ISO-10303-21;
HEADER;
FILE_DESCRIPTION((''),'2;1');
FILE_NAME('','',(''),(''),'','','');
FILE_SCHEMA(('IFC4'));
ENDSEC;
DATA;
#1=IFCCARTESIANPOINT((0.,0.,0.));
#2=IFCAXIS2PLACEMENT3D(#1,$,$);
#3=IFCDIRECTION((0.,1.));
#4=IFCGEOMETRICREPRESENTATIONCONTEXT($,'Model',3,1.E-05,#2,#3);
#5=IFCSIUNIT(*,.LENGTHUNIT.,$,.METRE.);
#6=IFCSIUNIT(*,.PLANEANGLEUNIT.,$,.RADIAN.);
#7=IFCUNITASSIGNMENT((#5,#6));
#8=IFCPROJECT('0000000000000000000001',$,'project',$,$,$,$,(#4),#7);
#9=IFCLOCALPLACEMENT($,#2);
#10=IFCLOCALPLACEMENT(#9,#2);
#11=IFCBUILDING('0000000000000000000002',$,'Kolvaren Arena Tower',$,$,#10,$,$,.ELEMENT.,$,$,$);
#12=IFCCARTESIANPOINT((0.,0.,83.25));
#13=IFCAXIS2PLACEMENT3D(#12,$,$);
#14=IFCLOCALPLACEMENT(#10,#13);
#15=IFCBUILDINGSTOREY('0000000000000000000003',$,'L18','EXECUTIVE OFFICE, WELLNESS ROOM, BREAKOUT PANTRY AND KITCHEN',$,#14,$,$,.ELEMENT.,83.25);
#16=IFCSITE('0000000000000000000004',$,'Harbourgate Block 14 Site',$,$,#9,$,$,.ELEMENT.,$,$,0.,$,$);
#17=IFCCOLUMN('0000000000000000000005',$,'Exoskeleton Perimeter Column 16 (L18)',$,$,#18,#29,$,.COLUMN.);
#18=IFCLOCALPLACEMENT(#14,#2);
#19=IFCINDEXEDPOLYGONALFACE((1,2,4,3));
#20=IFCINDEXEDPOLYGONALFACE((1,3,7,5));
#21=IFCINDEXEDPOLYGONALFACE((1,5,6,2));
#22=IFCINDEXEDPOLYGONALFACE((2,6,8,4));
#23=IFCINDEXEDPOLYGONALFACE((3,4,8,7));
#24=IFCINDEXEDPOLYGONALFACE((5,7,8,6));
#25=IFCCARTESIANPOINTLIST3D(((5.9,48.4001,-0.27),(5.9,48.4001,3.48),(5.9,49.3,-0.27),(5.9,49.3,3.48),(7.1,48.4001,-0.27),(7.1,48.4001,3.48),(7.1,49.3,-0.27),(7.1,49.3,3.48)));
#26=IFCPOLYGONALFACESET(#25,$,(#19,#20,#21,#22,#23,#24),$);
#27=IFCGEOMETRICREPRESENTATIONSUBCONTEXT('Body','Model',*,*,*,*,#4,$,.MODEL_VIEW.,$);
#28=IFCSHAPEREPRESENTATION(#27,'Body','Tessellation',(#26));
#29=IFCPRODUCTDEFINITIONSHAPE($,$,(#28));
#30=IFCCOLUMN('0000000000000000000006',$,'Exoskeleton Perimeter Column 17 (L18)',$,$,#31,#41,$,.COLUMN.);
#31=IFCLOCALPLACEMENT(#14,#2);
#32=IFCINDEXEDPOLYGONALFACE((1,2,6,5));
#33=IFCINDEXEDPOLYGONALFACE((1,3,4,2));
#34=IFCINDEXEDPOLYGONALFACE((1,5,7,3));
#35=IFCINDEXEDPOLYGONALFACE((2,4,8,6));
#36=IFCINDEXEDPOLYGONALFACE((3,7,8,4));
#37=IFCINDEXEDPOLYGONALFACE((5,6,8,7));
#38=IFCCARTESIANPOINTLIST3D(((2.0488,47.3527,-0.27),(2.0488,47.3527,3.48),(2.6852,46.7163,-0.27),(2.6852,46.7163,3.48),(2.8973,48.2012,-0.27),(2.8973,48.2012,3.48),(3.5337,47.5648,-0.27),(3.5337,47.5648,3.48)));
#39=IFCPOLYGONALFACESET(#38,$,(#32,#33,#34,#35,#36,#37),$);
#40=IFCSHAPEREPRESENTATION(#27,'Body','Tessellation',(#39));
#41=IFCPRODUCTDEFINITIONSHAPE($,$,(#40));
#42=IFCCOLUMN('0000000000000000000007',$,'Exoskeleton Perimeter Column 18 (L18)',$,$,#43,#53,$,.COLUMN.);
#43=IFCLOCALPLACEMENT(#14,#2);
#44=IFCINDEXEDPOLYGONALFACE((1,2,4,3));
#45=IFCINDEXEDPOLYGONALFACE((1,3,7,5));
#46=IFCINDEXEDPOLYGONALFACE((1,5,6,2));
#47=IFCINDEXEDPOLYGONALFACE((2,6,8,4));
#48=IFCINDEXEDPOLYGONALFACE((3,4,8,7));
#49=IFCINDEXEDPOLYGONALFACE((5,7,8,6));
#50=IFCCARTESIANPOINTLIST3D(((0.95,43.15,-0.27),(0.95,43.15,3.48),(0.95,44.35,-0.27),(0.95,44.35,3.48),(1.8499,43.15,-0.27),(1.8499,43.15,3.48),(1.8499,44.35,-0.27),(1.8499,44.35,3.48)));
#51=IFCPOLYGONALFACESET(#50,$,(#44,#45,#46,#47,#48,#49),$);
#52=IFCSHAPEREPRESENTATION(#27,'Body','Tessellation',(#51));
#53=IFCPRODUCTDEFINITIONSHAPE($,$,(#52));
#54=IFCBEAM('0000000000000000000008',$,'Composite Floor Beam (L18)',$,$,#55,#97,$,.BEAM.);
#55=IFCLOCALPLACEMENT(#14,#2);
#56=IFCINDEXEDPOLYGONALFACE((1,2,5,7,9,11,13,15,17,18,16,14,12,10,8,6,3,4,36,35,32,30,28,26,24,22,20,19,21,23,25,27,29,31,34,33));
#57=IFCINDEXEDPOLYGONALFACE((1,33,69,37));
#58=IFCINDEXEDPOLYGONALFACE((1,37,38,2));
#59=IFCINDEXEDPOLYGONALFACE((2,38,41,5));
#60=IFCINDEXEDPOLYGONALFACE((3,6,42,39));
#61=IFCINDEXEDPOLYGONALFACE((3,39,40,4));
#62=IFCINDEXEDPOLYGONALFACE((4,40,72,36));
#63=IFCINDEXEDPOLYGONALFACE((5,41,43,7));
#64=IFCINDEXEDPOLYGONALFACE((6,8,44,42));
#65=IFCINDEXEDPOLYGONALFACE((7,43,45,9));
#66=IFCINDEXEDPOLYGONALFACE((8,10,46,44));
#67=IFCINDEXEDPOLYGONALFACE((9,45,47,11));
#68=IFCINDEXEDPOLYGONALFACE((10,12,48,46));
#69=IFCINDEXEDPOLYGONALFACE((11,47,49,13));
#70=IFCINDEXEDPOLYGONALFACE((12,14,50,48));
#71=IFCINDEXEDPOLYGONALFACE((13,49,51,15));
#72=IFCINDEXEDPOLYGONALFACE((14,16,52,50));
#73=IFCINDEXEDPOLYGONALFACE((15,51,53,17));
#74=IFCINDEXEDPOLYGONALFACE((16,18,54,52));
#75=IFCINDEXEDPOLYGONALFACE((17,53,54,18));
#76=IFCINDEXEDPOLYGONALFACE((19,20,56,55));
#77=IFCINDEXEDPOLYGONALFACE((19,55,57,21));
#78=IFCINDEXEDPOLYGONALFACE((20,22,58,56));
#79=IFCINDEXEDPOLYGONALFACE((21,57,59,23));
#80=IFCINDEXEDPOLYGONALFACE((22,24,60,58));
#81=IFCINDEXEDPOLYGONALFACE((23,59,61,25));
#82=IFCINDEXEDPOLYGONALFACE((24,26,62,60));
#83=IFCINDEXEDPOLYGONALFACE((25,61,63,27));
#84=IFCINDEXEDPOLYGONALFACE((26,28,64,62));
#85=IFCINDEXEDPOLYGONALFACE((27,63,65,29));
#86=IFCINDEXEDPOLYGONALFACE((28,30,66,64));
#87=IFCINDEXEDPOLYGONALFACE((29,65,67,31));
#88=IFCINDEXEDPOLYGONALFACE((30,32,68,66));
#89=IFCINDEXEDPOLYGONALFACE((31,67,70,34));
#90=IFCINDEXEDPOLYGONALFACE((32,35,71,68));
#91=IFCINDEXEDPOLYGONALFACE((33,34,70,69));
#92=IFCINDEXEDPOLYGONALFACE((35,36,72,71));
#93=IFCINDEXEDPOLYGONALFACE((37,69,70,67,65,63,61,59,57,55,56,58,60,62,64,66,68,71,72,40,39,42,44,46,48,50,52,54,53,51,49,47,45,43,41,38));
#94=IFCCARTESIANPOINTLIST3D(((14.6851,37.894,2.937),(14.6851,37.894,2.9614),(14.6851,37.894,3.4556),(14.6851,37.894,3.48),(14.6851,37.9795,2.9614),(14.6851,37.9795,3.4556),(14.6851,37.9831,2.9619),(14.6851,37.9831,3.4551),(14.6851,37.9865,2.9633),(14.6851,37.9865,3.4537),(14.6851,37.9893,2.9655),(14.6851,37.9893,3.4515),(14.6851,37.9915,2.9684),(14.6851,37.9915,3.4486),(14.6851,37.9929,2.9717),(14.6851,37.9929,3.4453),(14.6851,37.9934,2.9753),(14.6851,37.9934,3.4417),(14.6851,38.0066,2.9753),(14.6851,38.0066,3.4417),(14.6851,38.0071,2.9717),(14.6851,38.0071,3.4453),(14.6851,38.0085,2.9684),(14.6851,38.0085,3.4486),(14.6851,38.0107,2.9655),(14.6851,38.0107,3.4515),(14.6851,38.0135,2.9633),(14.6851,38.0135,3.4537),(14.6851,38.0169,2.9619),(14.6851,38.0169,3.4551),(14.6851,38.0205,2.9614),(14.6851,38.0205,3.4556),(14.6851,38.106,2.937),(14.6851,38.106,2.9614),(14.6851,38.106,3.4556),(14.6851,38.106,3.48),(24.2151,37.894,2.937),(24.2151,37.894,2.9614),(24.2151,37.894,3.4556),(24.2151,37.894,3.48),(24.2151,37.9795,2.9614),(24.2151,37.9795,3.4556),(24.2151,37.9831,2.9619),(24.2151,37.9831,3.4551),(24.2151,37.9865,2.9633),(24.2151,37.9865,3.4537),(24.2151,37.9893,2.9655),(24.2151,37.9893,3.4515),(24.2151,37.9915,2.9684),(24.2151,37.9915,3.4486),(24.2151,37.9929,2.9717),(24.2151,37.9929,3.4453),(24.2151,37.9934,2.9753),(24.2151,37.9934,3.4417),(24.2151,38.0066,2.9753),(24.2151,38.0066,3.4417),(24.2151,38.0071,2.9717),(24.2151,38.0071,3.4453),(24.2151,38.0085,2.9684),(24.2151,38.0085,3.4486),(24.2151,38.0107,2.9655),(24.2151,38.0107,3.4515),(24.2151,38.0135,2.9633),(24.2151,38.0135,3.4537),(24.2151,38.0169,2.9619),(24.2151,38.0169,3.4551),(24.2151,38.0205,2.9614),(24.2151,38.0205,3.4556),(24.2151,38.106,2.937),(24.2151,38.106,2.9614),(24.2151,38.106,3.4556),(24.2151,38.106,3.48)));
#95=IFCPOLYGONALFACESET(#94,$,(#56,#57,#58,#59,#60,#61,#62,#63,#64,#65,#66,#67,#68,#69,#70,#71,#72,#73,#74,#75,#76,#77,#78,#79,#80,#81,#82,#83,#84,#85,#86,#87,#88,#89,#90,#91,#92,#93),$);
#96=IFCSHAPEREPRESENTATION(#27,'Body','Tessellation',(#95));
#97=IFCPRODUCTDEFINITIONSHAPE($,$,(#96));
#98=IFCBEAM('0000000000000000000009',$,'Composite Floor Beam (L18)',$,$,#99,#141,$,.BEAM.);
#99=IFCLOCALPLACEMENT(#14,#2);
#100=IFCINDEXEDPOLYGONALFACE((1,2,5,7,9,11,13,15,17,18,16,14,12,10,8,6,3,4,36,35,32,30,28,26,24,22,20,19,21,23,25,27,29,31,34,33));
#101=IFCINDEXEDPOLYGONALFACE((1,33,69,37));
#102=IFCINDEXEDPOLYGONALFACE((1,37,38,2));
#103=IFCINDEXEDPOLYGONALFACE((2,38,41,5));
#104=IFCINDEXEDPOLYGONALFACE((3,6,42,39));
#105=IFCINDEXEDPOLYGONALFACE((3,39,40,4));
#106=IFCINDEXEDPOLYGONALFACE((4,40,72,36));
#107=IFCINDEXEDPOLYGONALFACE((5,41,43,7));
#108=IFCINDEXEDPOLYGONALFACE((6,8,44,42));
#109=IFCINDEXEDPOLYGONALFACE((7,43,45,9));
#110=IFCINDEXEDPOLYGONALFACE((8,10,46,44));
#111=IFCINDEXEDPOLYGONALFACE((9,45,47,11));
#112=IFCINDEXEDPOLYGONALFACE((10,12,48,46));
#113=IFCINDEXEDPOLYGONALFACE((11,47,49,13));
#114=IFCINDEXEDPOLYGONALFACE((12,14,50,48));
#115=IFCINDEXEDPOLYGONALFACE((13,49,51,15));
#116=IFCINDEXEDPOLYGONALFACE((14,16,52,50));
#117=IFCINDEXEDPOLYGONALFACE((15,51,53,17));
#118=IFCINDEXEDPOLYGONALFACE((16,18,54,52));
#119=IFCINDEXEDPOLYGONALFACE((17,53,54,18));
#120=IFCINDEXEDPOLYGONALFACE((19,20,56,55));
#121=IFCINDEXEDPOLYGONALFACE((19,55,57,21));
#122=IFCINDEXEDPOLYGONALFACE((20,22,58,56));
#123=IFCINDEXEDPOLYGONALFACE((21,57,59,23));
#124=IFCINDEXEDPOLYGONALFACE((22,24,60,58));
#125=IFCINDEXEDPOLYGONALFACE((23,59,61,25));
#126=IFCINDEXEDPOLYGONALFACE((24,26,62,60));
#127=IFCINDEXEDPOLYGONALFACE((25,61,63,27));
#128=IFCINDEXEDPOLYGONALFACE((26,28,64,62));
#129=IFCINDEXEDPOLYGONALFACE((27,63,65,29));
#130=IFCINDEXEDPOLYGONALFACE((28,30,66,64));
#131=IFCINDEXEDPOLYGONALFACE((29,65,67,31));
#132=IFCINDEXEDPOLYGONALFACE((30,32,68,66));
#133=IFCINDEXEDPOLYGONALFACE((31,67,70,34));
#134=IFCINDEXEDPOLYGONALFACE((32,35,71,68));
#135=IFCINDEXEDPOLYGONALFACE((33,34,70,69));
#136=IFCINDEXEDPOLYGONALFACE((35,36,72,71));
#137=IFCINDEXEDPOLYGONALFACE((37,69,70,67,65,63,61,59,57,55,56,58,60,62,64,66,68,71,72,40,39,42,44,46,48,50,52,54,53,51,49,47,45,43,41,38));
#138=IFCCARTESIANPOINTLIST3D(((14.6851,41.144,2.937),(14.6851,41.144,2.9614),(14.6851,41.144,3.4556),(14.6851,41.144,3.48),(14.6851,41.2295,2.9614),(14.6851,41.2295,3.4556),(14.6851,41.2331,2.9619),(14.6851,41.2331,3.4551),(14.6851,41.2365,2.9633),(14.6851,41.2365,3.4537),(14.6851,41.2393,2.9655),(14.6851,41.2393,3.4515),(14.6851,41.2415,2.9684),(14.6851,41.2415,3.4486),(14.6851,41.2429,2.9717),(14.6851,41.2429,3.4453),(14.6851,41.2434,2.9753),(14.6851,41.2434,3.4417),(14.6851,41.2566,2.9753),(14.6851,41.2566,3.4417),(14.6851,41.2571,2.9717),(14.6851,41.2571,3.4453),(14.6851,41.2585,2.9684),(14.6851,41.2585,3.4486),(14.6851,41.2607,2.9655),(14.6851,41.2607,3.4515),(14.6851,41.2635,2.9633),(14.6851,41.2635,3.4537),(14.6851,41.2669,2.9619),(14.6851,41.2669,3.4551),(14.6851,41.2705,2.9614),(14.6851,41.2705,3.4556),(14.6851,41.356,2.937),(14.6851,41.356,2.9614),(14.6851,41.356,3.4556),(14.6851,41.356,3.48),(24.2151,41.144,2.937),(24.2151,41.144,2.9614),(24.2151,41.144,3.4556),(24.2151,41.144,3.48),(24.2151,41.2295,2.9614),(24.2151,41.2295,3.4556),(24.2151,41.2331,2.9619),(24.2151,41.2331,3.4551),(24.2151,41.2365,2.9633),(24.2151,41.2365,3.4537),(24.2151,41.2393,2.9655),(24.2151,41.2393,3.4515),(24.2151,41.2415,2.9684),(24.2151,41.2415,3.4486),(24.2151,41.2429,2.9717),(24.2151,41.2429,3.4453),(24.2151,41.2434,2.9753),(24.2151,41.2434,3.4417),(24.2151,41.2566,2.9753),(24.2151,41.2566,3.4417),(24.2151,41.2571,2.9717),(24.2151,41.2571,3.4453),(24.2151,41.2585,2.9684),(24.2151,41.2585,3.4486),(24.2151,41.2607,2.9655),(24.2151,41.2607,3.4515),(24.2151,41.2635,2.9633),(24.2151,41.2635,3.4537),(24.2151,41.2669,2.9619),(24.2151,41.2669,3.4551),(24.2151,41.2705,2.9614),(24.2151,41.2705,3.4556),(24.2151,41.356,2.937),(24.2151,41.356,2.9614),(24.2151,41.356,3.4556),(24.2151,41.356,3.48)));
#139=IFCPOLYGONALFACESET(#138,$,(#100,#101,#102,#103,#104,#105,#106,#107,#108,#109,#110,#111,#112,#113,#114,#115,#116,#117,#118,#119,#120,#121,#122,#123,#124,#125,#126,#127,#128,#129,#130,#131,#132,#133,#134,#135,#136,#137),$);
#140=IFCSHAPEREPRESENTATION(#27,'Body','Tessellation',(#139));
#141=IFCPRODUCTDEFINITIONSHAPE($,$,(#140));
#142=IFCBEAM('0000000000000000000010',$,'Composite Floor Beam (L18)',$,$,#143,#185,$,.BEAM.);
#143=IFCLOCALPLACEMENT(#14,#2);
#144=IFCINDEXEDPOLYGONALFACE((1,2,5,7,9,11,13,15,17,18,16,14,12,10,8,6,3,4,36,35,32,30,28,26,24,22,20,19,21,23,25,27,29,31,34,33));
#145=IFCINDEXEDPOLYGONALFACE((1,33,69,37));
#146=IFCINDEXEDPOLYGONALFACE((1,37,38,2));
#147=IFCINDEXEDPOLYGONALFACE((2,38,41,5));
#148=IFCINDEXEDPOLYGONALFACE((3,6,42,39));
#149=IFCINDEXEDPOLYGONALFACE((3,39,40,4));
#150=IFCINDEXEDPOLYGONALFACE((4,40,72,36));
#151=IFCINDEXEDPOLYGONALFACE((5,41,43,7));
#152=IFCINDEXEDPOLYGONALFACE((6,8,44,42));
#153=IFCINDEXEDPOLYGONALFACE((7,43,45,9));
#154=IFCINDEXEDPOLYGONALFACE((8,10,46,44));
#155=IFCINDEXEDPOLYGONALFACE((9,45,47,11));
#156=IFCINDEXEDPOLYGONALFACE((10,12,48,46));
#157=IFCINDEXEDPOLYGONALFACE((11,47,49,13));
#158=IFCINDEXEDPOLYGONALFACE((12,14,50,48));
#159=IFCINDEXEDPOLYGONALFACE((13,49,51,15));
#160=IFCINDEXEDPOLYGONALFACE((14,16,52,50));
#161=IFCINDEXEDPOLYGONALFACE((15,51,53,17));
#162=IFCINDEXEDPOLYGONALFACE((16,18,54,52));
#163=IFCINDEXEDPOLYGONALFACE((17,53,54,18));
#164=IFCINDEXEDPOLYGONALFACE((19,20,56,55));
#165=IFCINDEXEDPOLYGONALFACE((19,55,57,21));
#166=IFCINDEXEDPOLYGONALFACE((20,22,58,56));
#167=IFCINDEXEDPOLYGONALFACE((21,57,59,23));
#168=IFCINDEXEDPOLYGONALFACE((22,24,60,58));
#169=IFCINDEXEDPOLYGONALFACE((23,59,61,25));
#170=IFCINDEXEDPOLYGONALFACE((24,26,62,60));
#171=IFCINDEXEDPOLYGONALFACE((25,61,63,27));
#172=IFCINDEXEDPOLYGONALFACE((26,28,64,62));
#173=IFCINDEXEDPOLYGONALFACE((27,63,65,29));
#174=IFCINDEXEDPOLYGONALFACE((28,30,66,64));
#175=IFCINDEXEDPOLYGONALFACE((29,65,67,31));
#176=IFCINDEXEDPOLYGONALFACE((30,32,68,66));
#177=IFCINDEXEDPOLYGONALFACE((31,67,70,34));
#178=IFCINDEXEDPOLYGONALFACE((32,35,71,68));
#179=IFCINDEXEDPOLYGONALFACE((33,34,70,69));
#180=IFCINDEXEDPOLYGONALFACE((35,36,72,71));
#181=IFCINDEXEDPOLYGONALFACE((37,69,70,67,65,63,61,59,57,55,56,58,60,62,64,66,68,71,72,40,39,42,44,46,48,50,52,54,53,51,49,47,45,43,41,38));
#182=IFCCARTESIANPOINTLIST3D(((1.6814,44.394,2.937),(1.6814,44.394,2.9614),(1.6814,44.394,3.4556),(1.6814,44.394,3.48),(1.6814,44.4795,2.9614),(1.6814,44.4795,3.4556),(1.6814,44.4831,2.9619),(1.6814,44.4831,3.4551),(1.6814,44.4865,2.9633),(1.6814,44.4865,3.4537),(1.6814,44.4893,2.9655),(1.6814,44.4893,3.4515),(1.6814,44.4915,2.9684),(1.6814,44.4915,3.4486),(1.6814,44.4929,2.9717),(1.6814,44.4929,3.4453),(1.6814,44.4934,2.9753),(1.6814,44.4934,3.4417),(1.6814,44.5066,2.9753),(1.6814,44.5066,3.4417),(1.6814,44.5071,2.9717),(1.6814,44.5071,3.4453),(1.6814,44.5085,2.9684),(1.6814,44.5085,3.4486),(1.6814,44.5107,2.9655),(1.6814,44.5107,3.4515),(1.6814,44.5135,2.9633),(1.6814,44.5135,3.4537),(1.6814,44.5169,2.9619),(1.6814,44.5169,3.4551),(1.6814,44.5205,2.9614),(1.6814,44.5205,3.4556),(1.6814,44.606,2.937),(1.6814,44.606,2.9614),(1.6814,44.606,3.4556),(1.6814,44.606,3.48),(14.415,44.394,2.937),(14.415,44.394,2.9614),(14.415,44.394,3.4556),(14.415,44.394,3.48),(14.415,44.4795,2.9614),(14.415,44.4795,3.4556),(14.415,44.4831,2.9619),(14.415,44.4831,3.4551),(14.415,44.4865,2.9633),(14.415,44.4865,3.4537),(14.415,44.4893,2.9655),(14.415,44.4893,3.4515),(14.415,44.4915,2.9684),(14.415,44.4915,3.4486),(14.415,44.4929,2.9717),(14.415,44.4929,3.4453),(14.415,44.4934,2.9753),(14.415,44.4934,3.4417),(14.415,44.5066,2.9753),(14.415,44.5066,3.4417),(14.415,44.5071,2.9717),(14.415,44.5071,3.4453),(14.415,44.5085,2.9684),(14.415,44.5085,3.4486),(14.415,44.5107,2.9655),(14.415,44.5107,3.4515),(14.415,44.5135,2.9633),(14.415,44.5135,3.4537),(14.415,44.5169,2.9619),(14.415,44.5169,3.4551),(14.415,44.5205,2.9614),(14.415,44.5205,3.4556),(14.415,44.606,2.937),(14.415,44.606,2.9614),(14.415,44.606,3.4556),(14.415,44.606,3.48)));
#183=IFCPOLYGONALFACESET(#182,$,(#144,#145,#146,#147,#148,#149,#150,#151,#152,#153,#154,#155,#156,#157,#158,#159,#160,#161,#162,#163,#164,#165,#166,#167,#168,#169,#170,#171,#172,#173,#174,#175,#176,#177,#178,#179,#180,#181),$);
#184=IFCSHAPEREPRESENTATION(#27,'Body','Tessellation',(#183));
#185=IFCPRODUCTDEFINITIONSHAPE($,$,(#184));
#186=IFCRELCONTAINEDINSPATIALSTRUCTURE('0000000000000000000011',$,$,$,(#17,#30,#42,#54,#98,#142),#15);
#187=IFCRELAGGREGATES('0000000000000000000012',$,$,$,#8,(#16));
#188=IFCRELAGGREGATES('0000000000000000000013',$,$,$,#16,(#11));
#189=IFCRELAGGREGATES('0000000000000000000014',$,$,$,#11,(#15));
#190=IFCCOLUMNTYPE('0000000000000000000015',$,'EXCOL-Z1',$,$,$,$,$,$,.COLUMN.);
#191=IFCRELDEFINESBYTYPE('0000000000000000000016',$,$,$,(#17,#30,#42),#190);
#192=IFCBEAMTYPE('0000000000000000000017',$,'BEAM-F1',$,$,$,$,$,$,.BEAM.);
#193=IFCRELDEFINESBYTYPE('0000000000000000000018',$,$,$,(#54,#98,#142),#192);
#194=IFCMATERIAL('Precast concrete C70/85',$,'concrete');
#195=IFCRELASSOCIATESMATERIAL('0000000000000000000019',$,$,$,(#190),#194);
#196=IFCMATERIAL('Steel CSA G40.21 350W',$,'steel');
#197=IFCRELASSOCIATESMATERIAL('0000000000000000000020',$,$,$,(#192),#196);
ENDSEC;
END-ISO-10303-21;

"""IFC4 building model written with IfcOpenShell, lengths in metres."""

from ifc_helpers import new_model, si_unit, direction, frame, origin, origin_2d, place, context, subcontext, project, spatial, rectangle, i_section, extrude, material, material_profile, profile_set, type_object, element, save


model = new_model("IFC4")

# Units and contexts
model_context = context("Model", 3, precision=1e-05, world=origin(), true_north=direction((0.0, 1.0)))
body_context = subcontext(model_context, "Body", "Model", "MODEL_VIEW")
ifc_project = project(units=[si_unit("LENGTHUNIT", "METRE"), si_unit("PLANEANGLEUNIT", "RADIAN")], contexts=[model_context])

# Site, building, storey
site_placement = place(None, origin())
site = spatial("IfcSite", under=ifc_project, at=site_placement, Name="Harbourgate Block 14 Site", CompositionType="ELEMENT", RefElevation=0.0)
building_placement = place(site_placement, origin())
building = spatial("IfcBuilding", under=site, at=building_placement, Name="Kolvaren Arena Tower", CompositionType="ELEMENT")
storey_placement = place(building_placement, frame((0.0, 0.0, 83.25)))
storey = spatial("IfcBuildingStorey", under=building, at=storey_placement, Name="L18", Description="EXECUTIVE OFFICE, WELLNESS ROOM, BREAKOUT PANTRY AND KITCHEN", CompositionType="ELEMENT", Elevation=83.25)

# Columns
ifc_material_1 = material(Name="Precast concrete C70/85", Category="concrete")
ifc_material_profile_1 = material_profile(ifc_material_1, rectangle(XDim=1.2, YDim=0.8999, at=origin_2d()), Name="RC-1200x900")
ifc_profile_set_1 = profile_set([ifc_material_profile_1], Name="Precast concrete C70/85")
column_type = type_object("IfcColumnType", Name="EXCOL-Z1", PredefinedType="COLUMN", material=ifc_profile_set_1)
for number, where, z_axis, x_axis, name in (
    (1, (6.5, 48.8501, -0.27), (0.0, 0.0, 1.0), (1.0, 0.0, 0.0), "Exoskeleton Perimeter Column 16 (L18)"),
    (2, (2.7913, 47.4587, -0.27), (0.0, 0.0, 1.0), (0.707107, 0.707107, 0.0), "Exoskeleton Perimeter Column 17 (L18)"),
    (3, (1.3999, 43.75, -0.27), (0.0, 0.0, 1.0), (0.0, 1.0, 0.0), "Exoskeleton Perimeter Column 18 (L18)"),
):
    element("IfcColumn", number, at=place(storey_placement, frame(where, z_axis=z_axis, x_axis=x_axis)), inside=storey, type_object=column_type, Name=name, PredefinedType="COLUMN", context=body_context, shape_type="SweptSolid", body=[
        extrude(rectangle(XDim=1.2, YDim=0.8999, at=origin_2d()), origin(), (0.0, 0.0, 1.0), 3.75),
    ])

# Beams
ifc_material_2 = material(Name="Steel CSA G40.21 350W", Category="steel")
ifc_material_profile_2 = material_profile(ifc_material_2, i_section(OverallWidth=0.2119, OverallDepth=0.543, WebThickness=0.0132, FlangeThickness=0.0244, FilletRadius=0.0139, at=origin_2d()), Name="W530x150")
ifc_profile_set_2 = profile_set([ifc_material_profile_2], Name="Steel CSA G40.21 350W")
beam_type_1 = type_object("IfcBeamType", Name="BEAM-F1", PredefinedType="BEAM", material=ifc_profile_set_2)
for number, where, z_axis, x_axis, name in (
    (4, (14.6851, 38.0, 3.2085), (1.0, 0.0, 0.0), (0.0, 1.0, 0.0), "Composite Floor Beam (L18)"),
    (5, (14.6851, 41.25, 3.2085), (1.0, 0.0, 0.0), (0.0, 1.0, 0.0), "Composite Floor Beam (L18)"),
):
    element("IfcBeam", number, at=place(storey_placement, frame(where, z_axis=z_axis, x_axis=x_axis)), inside=storey, type_object=beam_type_1, Name=name, PredefinedType="BEAM", context=body_context, shape_type="SweptSolid", body=[
        extrude(i_section(OverallWidth=0.2119, OverallDepth=0.543, WebThickness=0.0132, FlangeThickness=0.0244, FilletRadius=0.0139, at=origin_2d()), origin(), (0.0, 0.0, 1.0), 9.53),
    ])
beam_1_placement = place(storey_placement, frame((1.6814, 44.5, 3.2085), z_axis=(1.0, 0.0, 0.0), x_axis=(0.0, 1.0, 0.0)))
element("IfcBeam", 6, at=beam_1_placement, inside=storey, type_object=beam_type_1, Name="Composite Floor Beam (L18)", PredefinedType="BEAM", context=body_context, shape_type="SweptSolid", body=[
    extrude(i_section(OverallWidth=0.2119, OverallDepth=0.543, WebThickness=0.0132, FlangeThickness=0.0244, FilletRadius=0.0139, at=origin_2d()), origin(), (0.0, 0.0, 1.0), 12.7336),
])

save(model, "model.ifc")
